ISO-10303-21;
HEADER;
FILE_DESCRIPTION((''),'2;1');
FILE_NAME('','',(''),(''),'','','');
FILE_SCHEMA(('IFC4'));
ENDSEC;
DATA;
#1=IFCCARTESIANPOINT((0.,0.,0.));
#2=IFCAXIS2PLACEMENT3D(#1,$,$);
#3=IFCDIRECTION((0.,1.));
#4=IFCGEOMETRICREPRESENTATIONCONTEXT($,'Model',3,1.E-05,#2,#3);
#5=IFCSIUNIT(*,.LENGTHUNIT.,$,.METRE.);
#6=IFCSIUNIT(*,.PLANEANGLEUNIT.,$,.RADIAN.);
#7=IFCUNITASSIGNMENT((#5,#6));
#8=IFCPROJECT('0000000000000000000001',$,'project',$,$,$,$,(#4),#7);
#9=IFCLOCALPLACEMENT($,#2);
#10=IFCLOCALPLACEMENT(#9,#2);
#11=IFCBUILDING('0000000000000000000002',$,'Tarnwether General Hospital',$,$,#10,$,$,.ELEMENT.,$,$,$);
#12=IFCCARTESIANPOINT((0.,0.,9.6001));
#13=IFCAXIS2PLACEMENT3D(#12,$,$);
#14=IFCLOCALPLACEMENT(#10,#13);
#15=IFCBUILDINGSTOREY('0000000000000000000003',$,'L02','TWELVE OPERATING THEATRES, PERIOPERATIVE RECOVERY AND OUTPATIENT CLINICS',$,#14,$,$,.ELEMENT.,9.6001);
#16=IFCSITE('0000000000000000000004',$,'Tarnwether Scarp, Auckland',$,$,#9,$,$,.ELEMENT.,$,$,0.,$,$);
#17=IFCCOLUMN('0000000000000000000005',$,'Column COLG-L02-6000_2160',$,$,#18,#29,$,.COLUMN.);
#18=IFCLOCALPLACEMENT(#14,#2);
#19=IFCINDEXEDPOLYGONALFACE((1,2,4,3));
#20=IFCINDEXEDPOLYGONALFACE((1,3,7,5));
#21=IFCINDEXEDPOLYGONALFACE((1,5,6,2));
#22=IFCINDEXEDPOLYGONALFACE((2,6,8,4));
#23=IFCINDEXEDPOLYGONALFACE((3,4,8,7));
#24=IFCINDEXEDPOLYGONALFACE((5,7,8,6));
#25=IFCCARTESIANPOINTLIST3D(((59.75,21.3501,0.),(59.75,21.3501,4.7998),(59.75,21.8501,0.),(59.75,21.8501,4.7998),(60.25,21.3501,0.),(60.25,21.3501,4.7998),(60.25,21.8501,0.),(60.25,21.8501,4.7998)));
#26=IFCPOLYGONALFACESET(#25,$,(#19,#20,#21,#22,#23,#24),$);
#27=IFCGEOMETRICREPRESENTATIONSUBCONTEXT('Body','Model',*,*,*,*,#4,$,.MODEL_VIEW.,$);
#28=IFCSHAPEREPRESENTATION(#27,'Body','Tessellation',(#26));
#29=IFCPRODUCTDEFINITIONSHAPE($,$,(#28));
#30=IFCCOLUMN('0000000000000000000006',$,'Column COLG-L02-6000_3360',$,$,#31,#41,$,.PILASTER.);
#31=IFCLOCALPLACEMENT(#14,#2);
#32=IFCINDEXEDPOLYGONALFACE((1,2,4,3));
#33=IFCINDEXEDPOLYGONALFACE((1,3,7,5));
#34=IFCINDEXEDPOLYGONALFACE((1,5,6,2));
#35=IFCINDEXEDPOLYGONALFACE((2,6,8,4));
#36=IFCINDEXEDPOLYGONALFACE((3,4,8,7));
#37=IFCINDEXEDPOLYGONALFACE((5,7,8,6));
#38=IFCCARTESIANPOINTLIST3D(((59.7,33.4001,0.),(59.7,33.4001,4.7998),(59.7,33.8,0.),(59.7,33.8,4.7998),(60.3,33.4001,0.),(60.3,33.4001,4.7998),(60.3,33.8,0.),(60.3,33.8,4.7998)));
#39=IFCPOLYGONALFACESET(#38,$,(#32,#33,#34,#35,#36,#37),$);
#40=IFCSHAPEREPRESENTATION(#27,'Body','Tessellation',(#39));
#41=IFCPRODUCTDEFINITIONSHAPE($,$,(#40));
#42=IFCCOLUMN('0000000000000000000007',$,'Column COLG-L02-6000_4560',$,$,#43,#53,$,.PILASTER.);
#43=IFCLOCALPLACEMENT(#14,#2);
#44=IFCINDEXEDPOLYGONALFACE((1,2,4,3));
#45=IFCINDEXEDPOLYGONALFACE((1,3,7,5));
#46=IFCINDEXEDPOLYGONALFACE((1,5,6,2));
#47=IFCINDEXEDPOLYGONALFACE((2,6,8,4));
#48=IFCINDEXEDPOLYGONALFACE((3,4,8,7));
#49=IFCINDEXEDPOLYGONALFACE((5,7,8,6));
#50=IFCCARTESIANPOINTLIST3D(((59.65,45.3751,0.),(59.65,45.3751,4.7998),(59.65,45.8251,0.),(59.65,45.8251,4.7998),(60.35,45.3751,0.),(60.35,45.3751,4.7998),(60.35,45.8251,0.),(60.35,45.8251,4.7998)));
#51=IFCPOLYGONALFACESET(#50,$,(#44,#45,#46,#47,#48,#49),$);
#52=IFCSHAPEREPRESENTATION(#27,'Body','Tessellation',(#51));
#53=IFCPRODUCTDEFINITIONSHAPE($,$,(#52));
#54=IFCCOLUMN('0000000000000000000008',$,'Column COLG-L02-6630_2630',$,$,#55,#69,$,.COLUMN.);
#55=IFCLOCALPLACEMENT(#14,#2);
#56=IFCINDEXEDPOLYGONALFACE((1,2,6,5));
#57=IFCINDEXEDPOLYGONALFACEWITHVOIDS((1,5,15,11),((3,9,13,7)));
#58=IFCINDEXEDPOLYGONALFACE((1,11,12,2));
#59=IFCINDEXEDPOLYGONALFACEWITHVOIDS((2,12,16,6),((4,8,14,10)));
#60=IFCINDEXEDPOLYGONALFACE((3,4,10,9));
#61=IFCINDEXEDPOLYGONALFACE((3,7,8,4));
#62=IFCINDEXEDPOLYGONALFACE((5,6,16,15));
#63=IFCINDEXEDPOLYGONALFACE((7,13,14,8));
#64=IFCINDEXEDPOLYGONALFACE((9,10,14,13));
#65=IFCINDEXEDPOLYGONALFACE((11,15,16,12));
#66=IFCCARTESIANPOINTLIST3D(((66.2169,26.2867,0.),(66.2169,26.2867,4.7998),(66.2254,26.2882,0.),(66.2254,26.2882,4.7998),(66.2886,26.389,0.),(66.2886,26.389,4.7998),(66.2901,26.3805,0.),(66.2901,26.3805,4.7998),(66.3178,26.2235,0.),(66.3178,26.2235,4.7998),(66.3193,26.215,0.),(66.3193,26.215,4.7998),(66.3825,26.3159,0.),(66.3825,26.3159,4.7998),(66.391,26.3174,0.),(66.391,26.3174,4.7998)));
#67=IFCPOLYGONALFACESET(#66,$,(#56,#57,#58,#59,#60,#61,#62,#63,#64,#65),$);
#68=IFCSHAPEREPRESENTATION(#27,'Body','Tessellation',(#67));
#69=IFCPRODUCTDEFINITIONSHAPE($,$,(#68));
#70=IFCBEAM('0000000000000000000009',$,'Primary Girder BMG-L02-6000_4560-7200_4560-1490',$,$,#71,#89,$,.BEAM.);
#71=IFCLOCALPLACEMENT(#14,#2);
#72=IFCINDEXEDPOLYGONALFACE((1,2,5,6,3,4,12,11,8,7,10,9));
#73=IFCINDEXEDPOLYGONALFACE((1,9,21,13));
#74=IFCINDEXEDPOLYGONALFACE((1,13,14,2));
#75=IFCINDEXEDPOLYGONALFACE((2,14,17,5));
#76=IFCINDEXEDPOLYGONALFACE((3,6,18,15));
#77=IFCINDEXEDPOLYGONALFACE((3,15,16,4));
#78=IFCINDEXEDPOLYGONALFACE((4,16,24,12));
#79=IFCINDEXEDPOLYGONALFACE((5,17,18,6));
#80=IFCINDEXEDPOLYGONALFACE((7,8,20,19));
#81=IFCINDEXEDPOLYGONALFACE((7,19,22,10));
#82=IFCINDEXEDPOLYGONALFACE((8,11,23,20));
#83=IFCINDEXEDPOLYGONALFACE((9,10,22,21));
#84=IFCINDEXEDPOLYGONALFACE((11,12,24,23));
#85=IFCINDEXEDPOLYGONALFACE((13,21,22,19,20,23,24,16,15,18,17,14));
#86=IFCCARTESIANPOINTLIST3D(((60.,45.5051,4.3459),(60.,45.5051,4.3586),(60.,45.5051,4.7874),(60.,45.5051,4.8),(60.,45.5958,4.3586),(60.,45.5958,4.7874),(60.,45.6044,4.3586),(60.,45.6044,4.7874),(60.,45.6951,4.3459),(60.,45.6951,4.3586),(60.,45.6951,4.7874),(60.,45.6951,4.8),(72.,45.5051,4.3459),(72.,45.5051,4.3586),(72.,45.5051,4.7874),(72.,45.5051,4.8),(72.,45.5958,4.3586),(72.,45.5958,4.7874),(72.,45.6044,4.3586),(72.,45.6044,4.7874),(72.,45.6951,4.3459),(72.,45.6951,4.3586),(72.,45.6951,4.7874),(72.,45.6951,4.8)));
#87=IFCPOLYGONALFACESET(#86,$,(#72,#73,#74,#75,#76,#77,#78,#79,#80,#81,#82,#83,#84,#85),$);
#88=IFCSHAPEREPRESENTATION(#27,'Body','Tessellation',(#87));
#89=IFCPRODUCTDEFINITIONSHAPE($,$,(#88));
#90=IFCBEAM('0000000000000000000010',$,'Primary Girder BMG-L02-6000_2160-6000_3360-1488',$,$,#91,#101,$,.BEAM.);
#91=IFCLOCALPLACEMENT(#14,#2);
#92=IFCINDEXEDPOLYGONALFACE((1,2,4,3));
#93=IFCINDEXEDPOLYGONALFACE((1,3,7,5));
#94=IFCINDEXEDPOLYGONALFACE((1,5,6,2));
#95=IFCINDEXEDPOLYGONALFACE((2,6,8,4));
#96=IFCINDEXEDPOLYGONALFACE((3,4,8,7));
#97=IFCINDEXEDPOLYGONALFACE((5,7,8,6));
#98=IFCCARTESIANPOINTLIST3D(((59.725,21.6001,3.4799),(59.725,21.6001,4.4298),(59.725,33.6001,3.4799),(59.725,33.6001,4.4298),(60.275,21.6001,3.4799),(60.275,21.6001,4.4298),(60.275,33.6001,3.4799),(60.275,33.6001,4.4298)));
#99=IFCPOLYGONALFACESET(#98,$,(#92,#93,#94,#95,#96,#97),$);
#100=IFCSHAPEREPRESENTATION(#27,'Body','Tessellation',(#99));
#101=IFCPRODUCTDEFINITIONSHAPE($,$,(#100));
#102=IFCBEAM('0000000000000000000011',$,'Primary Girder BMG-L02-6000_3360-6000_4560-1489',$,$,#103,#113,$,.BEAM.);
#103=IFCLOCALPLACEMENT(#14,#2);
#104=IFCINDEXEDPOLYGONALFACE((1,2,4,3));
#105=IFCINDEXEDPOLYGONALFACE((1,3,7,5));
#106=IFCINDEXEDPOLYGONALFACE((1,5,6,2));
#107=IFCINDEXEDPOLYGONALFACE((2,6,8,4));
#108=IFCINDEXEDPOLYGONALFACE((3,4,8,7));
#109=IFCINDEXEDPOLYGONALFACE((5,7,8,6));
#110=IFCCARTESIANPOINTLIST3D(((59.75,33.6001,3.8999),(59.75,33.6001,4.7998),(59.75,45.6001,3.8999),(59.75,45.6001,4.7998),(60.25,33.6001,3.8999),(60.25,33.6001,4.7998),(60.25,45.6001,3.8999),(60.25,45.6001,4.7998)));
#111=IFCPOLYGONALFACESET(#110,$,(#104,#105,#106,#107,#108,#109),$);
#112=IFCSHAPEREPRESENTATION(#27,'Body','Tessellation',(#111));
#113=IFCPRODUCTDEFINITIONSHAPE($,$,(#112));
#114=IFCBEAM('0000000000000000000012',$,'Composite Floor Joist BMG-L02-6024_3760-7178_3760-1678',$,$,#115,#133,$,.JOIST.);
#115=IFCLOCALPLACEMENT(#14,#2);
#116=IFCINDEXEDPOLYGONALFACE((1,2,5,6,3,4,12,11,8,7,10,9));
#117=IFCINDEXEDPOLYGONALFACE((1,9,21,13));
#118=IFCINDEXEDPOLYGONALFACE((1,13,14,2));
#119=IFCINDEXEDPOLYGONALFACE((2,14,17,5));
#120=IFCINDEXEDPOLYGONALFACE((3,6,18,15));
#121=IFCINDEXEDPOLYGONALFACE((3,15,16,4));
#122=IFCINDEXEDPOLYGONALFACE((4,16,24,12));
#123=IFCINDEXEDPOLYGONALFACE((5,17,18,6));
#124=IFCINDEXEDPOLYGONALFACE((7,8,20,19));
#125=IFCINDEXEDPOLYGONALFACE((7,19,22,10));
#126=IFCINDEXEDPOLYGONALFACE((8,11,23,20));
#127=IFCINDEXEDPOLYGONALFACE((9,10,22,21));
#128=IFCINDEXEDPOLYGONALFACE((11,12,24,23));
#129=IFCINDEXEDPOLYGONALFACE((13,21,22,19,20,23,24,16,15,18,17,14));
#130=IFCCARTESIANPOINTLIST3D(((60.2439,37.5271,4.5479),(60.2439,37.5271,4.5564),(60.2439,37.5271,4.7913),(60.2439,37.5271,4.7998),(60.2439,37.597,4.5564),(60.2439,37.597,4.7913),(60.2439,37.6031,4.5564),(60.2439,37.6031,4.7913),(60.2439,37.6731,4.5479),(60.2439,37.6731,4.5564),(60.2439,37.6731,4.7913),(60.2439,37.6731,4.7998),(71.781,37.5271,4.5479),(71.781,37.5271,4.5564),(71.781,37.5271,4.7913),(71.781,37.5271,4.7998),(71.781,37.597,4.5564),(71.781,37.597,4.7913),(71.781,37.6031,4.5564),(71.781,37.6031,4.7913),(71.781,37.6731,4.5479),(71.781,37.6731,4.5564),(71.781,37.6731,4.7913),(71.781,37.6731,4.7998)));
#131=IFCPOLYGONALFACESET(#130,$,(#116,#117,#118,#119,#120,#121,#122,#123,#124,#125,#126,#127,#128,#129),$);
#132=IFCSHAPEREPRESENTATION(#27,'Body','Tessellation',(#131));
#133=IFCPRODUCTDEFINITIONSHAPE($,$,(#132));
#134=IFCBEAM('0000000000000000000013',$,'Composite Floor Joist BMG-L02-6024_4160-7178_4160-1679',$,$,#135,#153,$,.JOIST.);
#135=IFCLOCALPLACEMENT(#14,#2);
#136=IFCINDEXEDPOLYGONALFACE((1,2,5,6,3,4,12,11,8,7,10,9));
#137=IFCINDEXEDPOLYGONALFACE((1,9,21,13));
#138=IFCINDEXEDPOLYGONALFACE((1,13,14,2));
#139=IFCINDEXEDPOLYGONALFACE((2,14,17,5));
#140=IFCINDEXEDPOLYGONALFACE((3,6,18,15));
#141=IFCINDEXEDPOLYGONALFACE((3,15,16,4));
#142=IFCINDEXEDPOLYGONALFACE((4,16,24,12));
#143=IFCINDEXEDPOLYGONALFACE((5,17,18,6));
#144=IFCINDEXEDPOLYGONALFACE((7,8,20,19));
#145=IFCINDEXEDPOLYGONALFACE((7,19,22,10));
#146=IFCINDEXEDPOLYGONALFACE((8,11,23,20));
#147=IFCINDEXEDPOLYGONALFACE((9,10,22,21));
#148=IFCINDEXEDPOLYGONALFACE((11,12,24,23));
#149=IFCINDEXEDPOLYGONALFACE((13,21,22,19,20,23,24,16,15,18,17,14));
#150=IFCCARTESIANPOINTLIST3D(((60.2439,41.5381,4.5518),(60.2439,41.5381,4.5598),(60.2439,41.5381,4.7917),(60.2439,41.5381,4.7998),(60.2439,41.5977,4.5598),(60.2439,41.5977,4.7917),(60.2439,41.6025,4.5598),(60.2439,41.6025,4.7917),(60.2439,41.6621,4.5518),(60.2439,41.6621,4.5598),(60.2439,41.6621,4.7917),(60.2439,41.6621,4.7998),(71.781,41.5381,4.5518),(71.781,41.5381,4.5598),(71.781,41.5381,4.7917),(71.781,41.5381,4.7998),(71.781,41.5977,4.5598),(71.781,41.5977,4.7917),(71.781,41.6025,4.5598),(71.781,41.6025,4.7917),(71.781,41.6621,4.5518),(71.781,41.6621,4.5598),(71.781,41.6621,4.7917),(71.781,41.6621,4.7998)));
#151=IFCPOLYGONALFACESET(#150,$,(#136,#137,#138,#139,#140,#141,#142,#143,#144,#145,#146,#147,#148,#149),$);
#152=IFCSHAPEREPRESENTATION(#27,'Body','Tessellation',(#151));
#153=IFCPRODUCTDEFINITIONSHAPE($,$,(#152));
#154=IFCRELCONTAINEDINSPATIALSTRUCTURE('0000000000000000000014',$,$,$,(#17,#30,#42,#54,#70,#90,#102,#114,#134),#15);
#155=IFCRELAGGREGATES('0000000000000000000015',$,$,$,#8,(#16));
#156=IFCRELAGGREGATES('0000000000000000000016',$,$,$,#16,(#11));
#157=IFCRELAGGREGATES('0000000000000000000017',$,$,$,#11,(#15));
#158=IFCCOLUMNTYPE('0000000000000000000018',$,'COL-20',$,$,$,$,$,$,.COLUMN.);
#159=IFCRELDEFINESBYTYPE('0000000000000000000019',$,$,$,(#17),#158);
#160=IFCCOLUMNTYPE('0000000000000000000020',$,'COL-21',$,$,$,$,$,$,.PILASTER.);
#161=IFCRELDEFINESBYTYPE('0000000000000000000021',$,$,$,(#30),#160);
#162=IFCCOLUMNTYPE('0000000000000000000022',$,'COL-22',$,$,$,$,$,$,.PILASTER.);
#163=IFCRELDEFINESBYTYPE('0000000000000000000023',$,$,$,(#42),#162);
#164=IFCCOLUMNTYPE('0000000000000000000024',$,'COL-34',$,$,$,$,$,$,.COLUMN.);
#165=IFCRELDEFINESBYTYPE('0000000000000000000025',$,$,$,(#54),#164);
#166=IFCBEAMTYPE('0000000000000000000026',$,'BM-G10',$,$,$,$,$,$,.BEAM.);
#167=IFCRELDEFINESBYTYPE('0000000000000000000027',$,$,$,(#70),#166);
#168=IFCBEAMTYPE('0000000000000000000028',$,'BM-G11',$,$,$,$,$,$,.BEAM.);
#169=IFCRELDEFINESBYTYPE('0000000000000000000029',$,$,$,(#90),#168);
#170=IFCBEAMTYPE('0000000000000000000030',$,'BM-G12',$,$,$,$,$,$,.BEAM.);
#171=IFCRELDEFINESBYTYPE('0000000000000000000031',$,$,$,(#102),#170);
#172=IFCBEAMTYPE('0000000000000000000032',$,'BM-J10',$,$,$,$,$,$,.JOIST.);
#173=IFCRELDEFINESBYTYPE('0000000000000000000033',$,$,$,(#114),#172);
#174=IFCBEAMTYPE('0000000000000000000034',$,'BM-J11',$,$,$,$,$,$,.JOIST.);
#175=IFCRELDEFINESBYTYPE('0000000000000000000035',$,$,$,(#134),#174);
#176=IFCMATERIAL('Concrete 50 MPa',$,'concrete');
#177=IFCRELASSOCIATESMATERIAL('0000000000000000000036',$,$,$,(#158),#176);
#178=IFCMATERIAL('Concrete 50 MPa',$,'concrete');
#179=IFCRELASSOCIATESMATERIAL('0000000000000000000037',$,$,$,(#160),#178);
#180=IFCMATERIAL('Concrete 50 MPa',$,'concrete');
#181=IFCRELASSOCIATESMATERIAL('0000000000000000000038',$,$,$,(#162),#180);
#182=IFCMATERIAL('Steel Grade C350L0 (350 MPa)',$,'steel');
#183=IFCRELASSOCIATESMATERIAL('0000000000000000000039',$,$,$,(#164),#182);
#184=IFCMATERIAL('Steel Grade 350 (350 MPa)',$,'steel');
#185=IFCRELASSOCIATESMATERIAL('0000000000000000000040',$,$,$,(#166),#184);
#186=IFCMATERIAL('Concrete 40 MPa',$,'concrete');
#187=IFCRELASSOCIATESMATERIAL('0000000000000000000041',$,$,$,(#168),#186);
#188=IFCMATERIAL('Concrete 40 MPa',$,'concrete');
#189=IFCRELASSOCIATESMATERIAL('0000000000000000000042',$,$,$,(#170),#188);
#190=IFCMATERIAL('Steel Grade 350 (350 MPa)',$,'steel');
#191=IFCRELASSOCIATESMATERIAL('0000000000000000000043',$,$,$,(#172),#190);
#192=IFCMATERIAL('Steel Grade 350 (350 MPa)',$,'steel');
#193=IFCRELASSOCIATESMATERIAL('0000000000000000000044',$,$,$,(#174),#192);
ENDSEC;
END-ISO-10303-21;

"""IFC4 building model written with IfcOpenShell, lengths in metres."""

from ifc_helpers import new_model, si_unit, direction, frame, origin, origin_2d, place, context, subcontext, project, spatial, rectangle, hollow_rectangle, i_section, extrude, material, material_profile, profile_set, type_object, element, save


model = new_model("IFC4")

# Units and contexts
model_context = context("Model", 3, precision=1e-05, world=origin(), true_north=direction((0.0, 1.0)))
body_context = subcontext(model_context, "Body", "Model", "MODEL_VIEW")
ifc_project = project(units=[si_unit("LENGTHUNIT", "METRE"), si_unit("PLANEANGLEUNIT", "RADIAN")], contexts=[model_context])

# Site, building, storey
site_placement = place(None, origin())
site = spatial("IfcSite", under=ifc_project, at=site_placement, Name="Tarnwether Scarp, Auckland", CompositionType="ELEMENT", RefElevation=0.0)
building_placement = place(site_placement, origin())
building = spatial("IfcBuilding", under=site, at=building_placement, Name="Tarnwether General Hospital", CompositionType="ELEMENT")
storey_placement = place(building_placement, frame((0.0, 0.0, 9.6001)))
storey = spatial("IfcBuildingStorey", under=building, at=storey_placement, Name="L02", Description="TWELVE OPERATING THEATRES, PERIOPERATIVE RECOVERY AND OUTPATIENT CLINICS", CompositionType="ELEMENT", Elevation=9.6001)

# Columns
ifc_material_1 = material(Name="Concrete 50 MPa", Category="concrete")
ifc_material_profile_1 = material_profile(ifc_material_1, rectangle(XDim=0.5, YDim=0.5, at=origin_2d()), Name="RC-COL-500x500")
ifc_profile_set_1 = profile_set([ifc_material_profile_1], Name="Concrete 50 MPa")
column_type_1 = type_object("IfcColumnType", Name="COL-20", PredefinedType="COLUMN", material=ifc_profile_set_1)
column_1_placement = place(storey_placement, frame((60.0, 21.6001, 0.0), z_axis=(0.0, 0.0, 1.0), x_axis=(0.0, 1.0, 0.0)))
element("IfcColumn", 1, at=column_1_placement, inside=storey, type_object=column_type_1, Name="Column COLG-L02-6000_2160", PredefinedType="COLUMN", context=body_context, shape_type="SweptSolid", body=[
    extrude(rectangle(XDim=0.5, YDim=0.5, at=origin_2d()), origin(), (0.0, 0.0, 1.0), 4.7998),
])
ifc_material_2 = material(Name="Concrete 50 MPa", Category="concrete")
ifc_material_profile_2 = material_profile(ifc_material_2, rectangle(XDim=0.3999, YDim=0.6001, at=origin_2d()), Name="RC-PIL-400x600")
ifc_profile_set_2 = profile_set([ifc_material_profile_2], Name="Concrete 50 MPa")
column_type_2 = type_object("IfcColumnType", Name="COL-21", PredefinedType="PILASTER", material=ifc_profile_set_2)
column_2_placement = place(storey_placement, frame((60.0, 33.6001, 0.0), z_axis=(0.0, 0.0, 1.0), x_axis=(0.0, 1.0, 0.0)))
element("IfcColumn", 2, at=column_2_placement, inside=storey, type_object=column_type_2, Name="Column COLG-L02-6000_3360", PredefinedType="PILASTER", context=body_context, shape_type="SweptSolid", body=[
    extrude(rectangle(XDim=0.3999, YDim=0.6001, at=origin_2d()), origin(), (0.0, 0.0, 1.0), 4.7998),
])
ifc_material_3 = material(Name="Concrete 50 MPa", Category="concrete")
ifc_material_profile_3 = material_profile(ifc_material_3, rectangle(XDim=0.45, YDim=0.7, at=origin_2d()), Name="RC-PIL-450x700")
ifc_profile_set_3 = profile_set([ifc_material_profile_3], Name="Concrete 50 MPa")
column_type_3 = type_object("IfcColumnType", Name="COL-22", PredefinedType="PILASTER", material=ifc_profile_set_3)
column_3_placement = place(storey_placement, frame((60.0, 45.6001, 0.0), z_axis=(0.0, 0.0, 1.0), x_axis=(0.0, 1.0, 0.0)))
element("IfcColumn", 3, at=column_3_placement, inside=storey, type_object=column_type_3, Name="Column COLG-L02-6000_4560", PredefinedType="PILASTER", context=body_context, shape_type="SweptSolid", body=[
    extrude(rectangle(XDim=0.45, YDim=0.7, at=origin_2d()), origin(), (0.0, 0.0, 1.0), 4.7998),
])
ifc_material_4 = material(Name="Steel Grade C350L0 (350 MPa)", Category="steel")
ifc_material_profile_4 = material_profile(ifc_material_4, hollow_rectangle(XDim=0.125, YDim=0.125, WallThickness=0.0061, at=origin_2d()), Name="SHS125x125x6")
ifc_profile_set_4 = profile_set([ifc_material_profile_4], Name="Steel Grade C350L0 (350 MPa)")
column_type_4 = type_object("IfcColumnType", Name="COL-34", PredefinedType="COLUMN", material=ifc_profile_set_4)
column_4_placement = place(storey_placement, frame((66.304, 26.302, 0.0), z_axis=(0.0, 0.0, 1.0), x_axis=(0.573576, 0.819152, 0.0)))
element("IfcColumn", 4, at=column_4_placement, inside=storey, type_object=column_type_4, Name="Column COLG-L02-6630_2630", PredefinedType="COLUMN", context=body_context, shape_type="SweptSolid", body=[
    extrude(hollow_rectangle(XDim=0.125, YDim=0.125, WallThickness=0.0061, at=origin_2d()), origin(), (0.0, 0.0, 1.0), 4.7998),
])

# Beams
ifc_material_5 = material(Name="Steel Grade 350 (350 MPa)", Category="steel")
ifc_material_profile_5 = material_profile(ifc_material_5, i_section(OverallWidth=0.1899, OverallDepth=0.4541, WebThickness=0.0085, FlangeThickness=0.0127, at=origin_2d()), Name="460UB67.1")
ifc_profile_set_5 = profile_set([ifc_material_profile_5], Name="Steel Grade 350 (350 MPa)")
beam_type_1 = type_object("IfcBeamType", Name="BM-G10", PredefinedType="BEAM", material=ifc_profile_set_5)
beam_1_placement = place(storey_placement, frame((60.0, 45.6001, 4.573), z_axis=(1.0, 0.0, 0.0), x_axis=(0.0, 1.0, 0.0)))
element("IfcBeam", 5, at=beam_1_placement, inside=storey, type_object=beam_type_1, Name="Primary Girder BMG-L02-6000_4560-7200_4560-1490", PredefinedType="BEAM", context=body_context, shape_type="SweptSolid", body=[
    extrude(i_section(OverallWidth=0.1899, OverallDepth=0.4541, WebThickness=0.0085, FlangeThickness=0.0127, at=origin_2d()), origin(), (0.0, 0.0, 1.0), 12.0),
])
ifc_material_6 = material(Name="Concrete 40 MPa", Category="concrete")
ifc_material_profile_6 = material_profile(ifc_material_6, rectangle(XDim=0.55, YDim=0.95, at=origin_2d()), Name="RC-BM-550x950")
ifc_profile_set_6 = profile_set([ifc_material_profile_6], Name="Concrete 40 MPa")
beam_type_2 = type_object("IfcBeamType", Name="BM-G11", PredefinedType="BEAM", material=ifc_profile_set_6)
beam_2_placement = place(storey_placement, frame((60.0, 21.6001, 3.9548), z_axis=(0.0, 1.0, 0.0), x_axis=(-1.0, 0.0, 0.0)))
element("IfcBeam", 6, at=beam_2_placement, inside=storey, type_object=beam_type_2, Name="Primary Girder BMG-L02-6000_2160-6000_3360-1488", PredefinedType="BEAM", context=body_context, shape_type="SweptSolid", body=[
    extrude(rectangle(XDim=0.55, YDim=0.95, at=origin_2d()), origin(), (0.0, 0.0, 1.0), 12.0),
])
ifc_material_7 = material(Name="Concrete 40 MPa", Category="concrete")
ifc_material_profile_7 = material_profile(ifc_material_7, rectangle(XDim=0.5, YDim=0.8999, at=origin_2d()), Name="RC-BM-500x900")
ifc_profile_set_7 = profile_set([ifc_material_profile_7], Name="Concrete 40 MPa")
beam_type_3 = type_object("IfcBeamType", Name="BM-G12", PredefinedType="BEAM", material=ifc_profile_set_7)
beam_3_placement = place(storey_placement, frame((60.0, 33.6001, 4.3499), z_axis=(0.0, 1.0, 0.0), x_axis=(-1.0, 0.0, 0.0)))
element("IfcBeam", 7, at=beam_3_placement, inside=storey, type_object=beam_type_3, Name="Primary Girder BMG-L02-6000_3360-6000_4560-1489", PredefinedType="BEAM", context=body_context, shape_type="SweptSolid", body=[
    extrude(rectangle(XDim=0.5, YDim=0.8999, at=origin_2d()), origin(), (0.0, 0.0, 1.0), 12.0),
])
ifc_material_8 = material(Name="Steel Grade 350 (350 MPa)", Category="steel")
ifc_material_profile_8 = material_profile(ifc_material_8, i_section(OverallWidth=0.146, OverallDepth=0.252, WebThickness=0.0061, FlangeThickness=0.0085, at=origin_2d()), Name="250UB31.4")
ifc_profile_set_8 = profile_set([ifc_material_profile_8], Name="Steel Grade 350 (350 MPa)")
beam_type_4 = type_object("IfcBeamType", Name="BM-J10", PredefinedType="JOIST", material=ifc_profile_set_8)
beam_4_placement = place(storey_placement, frame((60.2439, 37.6001, 4.6738), z_axis=(1.0, 0.0, 0.0), x_axis=(0.0, 1.0, 0.0)))
element("IfcBeam", 8, at=beam_4_placement, inside=storey, type_object=beam_type_4, Name="Composite Floor Joist BMG-L02-6024_3760-7178_3760-1678", PredefinedType="JOIST", context=body_context, shape_type="SweptSolid", body=[
    extrude(i_section(OverallWidth=0.146, OverallDepth=0.252, WebThickness=0.0061, FlangeThickness=0.0085, at=origin_2d()), origin(), (0.0, 0.0, 1.0), 11.5371),
])
ifc_material_9 = material(Name="Steel Grade 350 (350 MPa)", Category="steel")
ifc_material_profile_9 = material_profile(ifc_material_9, i_section(OverallWidth=0.124, OverallDepth=0.248, WebThickness=0.0049, FlangeThickness=0.0081, at=origin_2d()), Name="250UB25.7")
ifc_profile_set_9 = profile_set([ifc_material_profile_9], Name="Steel Grade 350 (350 MPa)")
beam_type_5 = type_object("IfcBeamType", Name="BM-J11", PredefinedType="JOIST", material=ifc_profile_set_9)
beam_5_placement = place(storey_placement, frame((60.2439, 41.6001, 4.6758), z_axis=(1.0, 0.0, 0.0), x_axis=(0.0, 1.0, 0.0)))
element("IfcBeam", 9, at=beam_5_placement, inside=storey, type_object=beam_type_5, Name="Composite Floor Joist BMG-L02-6024_4160-7178_4160-1679", PredefinedType="JOIST", context=body_context, shape_type="SweptSolid", body=[
    extrude(i_section(OverallWidth=0.124, OverallDepth=0.248, WebThickness=0.0049, FlangeThickness=0.0081, at=origin_2d()), origin(), (0.0, 0.0, 1.0), 11.5371),
])

save(model, "model.ifc")
